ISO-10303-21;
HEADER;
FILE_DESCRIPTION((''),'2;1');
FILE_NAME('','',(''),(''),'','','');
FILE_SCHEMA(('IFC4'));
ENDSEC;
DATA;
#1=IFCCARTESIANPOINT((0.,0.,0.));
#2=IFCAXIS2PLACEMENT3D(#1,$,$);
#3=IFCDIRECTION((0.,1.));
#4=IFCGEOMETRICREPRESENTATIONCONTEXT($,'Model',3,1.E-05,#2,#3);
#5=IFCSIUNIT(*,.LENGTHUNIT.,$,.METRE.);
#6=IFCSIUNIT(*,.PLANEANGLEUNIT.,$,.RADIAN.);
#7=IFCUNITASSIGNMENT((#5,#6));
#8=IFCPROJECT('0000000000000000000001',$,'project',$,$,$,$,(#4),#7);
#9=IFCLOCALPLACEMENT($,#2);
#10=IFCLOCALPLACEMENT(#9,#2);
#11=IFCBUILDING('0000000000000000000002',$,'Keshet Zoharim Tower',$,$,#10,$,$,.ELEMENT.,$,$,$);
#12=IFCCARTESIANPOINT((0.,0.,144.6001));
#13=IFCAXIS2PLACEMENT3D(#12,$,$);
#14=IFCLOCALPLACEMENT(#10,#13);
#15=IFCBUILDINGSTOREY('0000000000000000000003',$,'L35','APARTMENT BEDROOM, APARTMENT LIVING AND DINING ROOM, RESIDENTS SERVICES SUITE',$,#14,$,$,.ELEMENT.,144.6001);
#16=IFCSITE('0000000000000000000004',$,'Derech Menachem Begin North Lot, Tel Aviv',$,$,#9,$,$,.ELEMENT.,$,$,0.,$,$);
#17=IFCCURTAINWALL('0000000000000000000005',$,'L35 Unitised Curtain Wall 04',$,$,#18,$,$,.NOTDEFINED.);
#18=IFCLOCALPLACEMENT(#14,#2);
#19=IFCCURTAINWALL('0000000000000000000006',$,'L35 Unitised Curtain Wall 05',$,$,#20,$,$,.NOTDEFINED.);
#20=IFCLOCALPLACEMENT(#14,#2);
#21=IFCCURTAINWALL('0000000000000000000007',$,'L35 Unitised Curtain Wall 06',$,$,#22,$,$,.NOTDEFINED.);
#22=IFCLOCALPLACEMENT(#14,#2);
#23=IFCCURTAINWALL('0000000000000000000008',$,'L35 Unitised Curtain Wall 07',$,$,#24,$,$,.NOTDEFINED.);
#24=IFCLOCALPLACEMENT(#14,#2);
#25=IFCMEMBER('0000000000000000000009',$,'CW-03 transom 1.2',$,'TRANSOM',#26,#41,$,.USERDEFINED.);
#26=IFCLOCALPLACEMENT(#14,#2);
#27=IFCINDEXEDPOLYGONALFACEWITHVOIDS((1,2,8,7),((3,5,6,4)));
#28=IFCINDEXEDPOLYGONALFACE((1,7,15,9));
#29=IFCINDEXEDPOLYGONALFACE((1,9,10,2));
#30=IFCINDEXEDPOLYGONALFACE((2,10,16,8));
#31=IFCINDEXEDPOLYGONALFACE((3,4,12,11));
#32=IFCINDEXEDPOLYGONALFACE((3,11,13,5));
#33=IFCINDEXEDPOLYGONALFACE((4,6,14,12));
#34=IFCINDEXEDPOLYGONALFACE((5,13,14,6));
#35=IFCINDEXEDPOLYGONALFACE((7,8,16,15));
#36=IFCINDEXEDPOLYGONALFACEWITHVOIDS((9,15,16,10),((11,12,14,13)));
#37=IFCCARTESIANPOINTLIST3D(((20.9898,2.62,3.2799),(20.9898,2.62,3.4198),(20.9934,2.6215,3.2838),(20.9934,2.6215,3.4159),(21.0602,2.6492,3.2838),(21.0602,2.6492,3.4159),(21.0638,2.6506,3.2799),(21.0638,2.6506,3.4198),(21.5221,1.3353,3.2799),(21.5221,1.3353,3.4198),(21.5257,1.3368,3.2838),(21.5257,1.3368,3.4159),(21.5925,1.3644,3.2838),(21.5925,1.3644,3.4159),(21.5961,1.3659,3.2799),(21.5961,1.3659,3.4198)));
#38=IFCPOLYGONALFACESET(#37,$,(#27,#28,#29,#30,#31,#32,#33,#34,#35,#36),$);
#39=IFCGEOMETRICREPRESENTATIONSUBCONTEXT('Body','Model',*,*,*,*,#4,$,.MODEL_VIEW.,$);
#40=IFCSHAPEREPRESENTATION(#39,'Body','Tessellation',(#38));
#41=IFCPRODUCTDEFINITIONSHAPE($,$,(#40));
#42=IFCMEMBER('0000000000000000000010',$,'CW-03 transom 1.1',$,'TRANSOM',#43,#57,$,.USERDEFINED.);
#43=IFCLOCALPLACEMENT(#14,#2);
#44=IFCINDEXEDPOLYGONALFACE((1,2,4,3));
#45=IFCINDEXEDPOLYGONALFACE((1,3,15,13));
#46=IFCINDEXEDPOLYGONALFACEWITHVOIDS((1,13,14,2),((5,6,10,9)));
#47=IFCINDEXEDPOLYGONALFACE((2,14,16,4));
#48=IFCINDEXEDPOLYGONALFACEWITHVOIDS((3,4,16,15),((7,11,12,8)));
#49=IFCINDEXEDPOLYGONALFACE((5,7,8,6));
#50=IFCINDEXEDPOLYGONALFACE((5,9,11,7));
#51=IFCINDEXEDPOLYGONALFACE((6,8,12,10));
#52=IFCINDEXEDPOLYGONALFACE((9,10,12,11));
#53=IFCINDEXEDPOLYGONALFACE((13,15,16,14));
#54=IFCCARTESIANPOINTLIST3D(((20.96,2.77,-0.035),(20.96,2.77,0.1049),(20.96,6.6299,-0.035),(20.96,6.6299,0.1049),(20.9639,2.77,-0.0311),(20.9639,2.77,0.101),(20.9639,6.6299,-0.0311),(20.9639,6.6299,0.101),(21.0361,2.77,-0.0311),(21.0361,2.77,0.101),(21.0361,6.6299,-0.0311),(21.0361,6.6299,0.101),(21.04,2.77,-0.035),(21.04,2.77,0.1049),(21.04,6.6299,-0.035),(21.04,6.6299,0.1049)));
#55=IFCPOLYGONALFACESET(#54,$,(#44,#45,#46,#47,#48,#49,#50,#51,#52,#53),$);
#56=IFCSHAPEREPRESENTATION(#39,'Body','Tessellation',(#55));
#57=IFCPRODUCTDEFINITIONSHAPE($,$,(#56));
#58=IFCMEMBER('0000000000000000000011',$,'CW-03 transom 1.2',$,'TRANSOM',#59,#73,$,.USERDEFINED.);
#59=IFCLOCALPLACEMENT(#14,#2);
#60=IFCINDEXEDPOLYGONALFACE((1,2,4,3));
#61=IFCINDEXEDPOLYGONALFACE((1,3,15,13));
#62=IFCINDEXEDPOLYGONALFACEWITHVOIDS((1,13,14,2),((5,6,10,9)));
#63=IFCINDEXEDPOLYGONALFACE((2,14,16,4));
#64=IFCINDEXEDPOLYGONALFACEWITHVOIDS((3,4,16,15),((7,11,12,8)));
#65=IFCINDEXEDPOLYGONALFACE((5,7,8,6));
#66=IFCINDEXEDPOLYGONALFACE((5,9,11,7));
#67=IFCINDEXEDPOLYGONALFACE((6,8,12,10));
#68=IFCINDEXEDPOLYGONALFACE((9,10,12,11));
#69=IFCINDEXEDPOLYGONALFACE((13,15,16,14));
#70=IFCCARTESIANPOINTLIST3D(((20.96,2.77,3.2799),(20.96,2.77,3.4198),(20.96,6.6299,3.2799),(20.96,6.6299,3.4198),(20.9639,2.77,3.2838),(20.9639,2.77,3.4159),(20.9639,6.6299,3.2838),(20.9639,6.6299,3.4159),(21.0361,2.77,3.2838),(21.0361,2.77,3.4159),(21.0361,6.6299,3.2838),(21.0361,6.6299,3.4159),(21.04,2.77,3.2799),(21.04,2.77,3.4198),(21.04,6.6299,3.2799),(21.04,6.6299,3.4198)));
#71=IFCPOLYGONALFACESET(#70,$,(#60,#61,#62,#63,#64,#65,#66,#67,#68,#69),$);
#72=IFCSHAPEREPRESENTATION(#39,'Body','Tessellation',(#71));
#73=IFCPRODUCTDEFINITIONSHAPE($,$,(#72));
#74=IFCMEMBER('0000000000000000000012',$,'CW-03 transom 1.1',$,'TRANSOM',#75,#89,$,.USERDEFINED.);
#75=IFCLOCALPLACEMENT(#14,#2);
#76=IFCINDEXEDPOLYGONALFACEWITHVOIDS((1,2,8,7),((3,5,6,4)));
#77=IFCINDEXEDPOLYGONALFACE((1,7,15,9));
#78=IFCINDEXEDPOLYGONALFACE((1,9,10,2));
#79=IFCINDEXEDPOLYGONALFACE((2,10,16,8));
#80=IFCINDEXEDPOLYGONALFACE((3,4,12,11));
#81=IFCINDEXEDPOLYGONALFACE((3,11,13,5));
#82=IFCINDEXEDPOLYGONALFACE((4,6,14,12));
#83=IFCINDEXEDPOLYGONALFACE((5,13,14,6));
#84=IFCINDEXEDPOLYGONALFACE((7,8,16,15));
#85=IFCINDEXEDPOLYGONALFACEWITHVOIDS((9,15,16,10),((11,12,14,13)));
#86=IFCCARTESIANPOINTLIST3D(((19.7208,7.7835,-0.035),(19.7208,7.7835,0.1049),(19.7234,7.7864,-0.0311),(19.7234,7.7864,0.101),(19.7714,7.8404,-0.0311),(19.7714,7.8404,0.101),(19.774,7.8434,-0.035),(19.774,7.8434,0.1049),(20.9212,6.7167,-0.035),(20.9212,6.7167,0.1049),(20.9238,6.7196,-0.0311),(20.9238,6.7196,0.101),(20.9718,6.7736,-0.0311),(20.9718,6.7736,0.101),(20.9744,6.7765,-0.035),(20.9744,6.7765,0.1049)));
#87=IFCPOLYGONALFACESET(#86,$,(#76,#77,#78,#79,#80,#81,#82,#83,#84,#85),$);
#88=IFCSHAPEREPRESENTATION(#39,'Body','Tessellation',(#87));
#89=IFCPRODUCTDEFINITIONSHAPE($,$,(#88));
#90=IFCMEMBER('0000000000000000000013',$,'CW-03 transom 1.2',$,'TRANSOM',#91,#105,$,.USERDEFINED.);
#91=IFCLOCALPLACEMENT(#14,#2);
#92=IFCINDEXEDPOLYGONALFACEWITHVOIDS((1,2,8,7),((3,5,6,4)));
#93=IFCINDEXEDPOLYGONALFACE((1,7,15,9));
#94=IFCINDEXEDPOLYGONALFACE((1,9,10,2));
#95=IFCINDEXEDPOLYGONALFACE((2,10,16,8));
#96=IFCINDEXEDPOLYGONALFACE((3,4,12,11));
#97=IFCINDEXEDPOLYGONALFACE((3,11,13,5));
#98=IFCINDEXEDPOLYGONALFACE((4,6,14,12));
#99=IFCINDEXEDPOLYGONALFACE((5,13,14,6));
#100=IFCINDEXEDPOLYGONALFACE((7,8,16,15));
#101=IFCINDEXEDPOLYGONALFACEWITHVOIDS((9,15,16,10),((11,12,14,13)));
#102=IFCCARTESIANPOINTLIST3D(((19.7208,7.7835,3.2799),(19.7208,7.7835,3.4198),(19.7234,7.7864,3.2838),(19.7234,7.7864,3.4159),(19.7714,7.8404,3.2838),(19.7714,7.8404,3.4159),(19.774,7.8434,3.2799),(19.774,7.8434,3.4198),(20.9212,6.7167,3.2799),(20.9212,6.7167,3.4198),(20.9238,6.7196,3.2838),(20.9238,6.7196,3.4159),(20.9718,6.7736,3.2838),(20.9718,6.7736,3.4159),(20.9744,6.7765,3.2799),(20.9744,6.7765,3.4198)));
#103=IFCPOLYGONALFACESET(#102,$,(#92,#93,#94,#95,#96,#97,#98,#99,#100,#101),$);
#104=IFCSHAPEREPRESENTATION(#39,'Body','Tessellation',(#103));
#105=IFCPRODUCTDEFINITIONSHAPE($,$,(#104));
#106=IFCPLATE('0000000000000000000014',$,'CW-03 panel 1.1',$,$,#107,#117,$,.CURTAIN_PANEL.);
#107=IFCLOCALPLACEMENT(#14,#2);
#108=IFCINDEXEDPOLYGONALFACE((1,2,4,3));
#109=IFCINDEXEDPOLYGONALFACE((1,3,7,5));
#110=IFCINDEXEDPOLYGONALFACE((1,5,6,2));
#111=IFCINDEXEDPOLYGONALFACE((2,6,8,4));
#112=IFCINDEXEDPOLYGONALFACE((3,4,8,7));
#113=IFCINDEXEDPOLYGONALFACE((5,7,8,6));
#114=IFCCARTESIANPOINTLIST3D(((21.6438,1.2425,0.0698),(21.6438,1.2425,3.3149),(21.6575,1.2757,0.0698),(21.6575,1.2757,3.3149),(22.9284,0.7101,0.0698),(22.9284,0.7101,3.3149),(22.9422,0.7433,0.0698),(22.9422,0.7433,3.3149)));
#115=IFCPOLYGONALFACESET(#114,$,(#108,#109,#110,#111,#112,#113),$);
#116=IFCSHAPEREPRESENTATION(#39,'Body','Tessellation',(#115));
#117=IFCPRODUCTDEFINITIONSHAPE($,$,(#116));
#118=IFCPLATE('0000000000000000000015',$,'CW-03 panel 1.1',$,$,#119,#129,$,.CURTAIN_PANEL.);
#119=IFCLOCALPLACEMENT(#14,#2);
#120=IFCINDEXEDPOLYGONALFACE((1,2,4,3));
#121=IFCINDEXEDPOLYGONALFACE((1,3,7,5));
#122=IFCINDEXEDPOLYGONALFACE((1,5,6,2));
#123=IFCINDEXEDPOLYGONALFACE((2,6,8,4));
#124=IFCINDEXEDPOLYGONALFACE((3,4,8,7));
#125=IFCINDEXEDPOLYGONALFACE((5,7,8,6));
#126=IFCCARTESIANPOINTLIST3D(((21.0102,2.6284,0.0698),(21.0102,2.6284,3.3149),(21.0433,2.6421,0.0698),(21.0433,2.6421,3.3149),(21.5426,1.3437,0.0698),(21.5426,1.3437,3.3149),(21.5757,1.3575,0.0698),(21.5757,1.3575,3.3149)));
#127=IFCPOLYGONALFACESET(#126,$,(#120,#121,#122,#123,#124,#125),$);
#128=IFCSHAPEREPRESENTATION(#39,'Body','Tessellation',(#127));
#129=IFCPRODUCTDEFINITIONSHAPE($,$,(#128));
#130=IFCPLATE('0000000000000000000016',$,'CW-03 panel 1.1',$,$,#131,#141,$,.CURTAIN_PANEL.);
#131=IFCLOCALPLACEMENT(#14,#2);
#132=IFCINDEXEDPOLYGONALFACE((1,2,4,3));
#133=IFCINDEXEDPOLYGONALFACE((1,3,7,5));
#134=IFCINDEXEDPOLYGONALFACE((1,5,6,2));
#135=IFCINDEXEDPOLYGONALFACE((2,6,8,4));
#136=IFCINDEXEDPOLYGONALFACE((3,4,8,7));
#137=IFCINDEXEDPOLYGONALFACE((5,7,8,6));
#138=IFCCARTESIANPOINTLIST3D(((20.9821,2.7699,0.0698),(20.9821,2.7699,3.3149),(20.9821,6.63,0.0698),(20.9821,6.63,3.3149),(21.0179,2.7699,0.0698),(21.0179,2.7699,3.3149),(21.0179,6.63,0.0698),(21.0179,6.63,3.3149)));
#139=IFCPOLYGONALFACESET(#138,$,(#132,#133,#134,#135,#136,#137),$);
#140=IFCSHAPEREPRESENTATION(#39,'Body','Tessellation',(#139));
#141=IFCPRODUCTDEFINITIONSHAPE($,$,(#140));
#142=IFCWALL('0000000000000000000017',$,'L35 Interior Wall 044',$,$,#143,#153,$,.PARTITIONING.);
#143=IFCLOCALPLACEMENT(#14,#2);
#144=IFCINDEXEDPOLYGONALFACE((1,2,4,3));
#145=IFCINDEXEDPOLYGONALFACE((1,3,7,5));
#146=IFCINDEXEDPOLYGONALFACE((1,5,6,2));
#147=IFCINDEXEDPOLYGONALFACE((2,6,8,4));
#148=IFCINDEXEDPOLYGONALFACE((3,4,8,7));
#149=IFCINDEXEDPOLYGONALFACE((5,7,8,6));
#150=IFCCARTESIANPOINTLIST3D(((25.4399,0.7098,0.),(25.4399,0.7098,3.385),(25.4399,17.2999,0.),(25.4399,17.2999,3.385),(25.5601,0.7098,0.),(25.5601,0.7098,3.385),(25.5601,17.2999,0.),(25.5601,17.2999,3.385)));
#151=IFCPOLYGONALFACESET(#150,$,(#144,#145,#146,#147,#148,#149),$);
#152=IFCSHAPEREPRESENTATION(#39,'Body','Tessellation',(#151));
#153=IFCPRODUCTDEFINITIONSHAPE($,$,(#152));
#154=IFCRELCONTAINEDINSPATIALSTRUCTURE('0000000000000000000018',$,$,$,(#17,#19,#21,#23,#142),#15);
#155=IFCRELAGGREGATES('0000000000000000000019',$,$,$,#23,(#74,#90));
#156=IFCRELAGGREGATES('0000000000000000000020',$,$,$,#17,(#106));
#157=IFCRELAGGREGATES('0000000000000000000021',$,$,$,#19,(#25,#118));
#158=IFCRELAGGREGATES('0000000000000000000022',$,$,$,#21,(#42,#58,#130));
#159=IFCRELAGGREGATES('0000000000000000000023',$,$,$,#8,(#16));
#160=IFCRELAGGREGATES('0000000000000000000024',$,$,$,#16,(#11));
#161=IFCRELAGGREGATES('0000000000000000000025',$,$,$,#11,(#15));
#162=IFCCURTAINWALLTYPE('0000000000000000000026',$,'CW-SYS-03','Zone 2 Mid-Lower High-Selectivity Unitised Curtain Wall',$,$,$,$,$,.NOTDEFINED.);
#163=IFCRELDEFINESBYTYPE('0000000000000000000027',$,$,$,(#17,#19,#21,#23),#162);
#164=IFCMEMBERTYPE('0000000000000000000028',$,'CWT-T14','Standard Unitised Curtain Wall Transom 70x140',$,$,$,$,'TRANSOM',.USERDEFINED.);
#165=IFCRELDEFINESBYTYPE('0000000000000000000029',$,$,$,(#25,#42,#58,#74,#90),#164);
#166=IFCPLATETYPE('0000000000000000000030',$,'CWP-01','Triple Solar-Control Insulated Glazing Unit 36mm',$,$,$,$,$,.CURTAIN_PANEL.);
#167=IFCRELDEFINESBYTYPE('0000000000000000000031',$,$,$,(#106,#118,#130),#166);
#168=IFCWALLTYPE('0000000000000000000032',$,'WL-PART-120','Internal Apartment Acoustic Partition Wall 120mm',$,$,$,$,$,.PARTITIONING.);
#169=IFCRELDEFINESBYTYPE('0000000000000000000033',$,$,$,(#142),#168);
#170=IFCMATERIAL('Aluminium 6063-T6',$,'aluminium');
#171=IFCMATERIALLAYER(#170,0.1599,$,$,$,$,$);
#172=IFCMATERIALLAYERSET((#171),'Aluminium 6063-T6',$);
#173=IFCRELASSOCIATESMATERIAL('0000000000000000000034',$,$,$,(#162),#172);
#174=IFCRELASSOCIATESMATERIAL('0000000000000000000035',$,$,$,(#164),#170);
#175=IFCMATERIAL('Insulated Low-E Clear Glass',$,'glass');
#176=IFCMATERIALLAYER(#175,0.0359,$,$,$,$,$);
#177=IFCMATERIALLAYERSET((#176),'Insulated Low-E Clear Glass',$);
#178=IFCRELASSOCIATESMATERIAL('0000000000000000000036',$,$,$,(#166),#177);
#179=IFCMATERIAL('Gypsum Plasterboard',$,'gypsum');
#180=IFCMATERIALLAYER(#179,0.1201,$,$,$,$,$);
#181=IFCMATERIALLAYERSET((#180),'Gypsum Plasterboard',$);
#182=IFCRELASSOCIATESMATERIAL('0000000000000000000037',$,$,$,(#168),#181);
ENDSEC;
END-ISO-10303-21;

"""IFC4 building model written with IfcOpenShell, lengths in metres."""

from ifc_helpers import new_model, si_unit, direction, frame, frame_2d, origin, origin_2d, place, context, subcontext, project, spatial, rectangle, hollow_rectangle, extrude, material, layer, layer_set, material_profile, profile_set, type_object, element, aggregate, save


model = new_model("IFC4")

# Units and contexts
model_context = context("Model", 3, precision=1e-05, world=origin(), true_north=direction((0.0, 1.0)))
body_context = subcontext(model_context, "Body", "Model", "MODEL_VIEW")
ifc_project = project(units=[si_unit("LENGTHUNIT", "METRE"), si_unit("PLANEANGLEUNIT", "RADIAN")], contexts=[model_context])

# Site, building, storey
site_placement = place(None, origin())
site = spatial("IfcSite", under=ifc_project, at=site_placement, Name="Derech Menachem Begin North Lot, Tel Aviv", CompositionType="ELEMENT", RefElevation=0.0)
building_placement = place(site_placement, origin())
building = spatial("IfcBuilding", under=site, at=building_placement, Name="Keshet Zoharim Tower", CompositionType="ELEMENT")
storey_placement = place(building_placement, frame((0.0, 0.0, 144.6001)))
storey = spatial("IfcBuildingStorey", under=building, at=storey_placement, Name="L35", Description="APARTMENT BEDROOM, APARTMENT LIVING AND DINING ROOM, RESIDENTS SERVICES SUITE", CompositionType="ELEMENT", Elevation=144.6001)

# Shared definitions
ifc_material_1 = material(Name="Aluminium 6063-T6", Category="aluminium")
ifc_layer_1 = layer(ifc_material_1, 0.1599)
ifc_layer_set_1 = layer_set([ifc_layer_1], Name="Aluminium 6063-T6")
curtain_wall_type = type_object("IfcCurtainWallType", Name="CW-SYS-03", Description="Zone 2 Mid-Lower High-Selectivity Unitised Curtain Wall", PredefinedType="NOTDEFINED", material=ifc_layer_set_1)

# Curtain walls
curtain_wall_1_placement = place(storey_placement, origin())
curtain_wall_1 = element("IfcCurtainWall", 1, at=curtain_wall_1_placement, inside=storey, type_object=curtain_wall_type, Name="L35 Unitised Curtain Wall 04", PredefinedType="NOTDEFINED")
curtain_wall_2_placement = place(storey_placement, origin())
curtain_wall_2 = element("IfcCurtainWall", 2, at=curtain_wall_2_placement, inside=storey, type_object=curtain_wall_type, Name="L35 Unitised Curtain Wall 05", PredefinedType="NOTDEFINED")
curtain_wall_3_placement = place(storey_placement, origin())
curtain_wall_3 = element("IfcCurtainWall", 3, at=curtain_wall_3_placement, inside=storey, type_object=curtain_wall_type, Name="L35 Unitised Curtain Wall 06", PredefinedType="NOTDEFINED")

# Curtain wall
curtain_wall_4_placement = place(storey_placement, origin())
curtain_wall_4 = element("IfcCurtainWall", 4, at=curtain_wall_4_placement, inside=storey, type_object=curtain_wall_type, Name="L35 Unitised Curtain Wall 07", PredefinedType="NOTDEFINED")

# Members
ifc_material_profile_1 = material_profile(ifc_material_1, hollow_rectangle(XDim=0.0801, YDim=0.1399, WallThickness=0.0039, at=origin_2d()), Name="TRN-80x140")
ifc_profile_set_1 = profile_set([ifc_material_profile_1], Name="Aluminium 6063-T6")
member_type_1 = type_object("IfcMemberType", Name="CWT-T14", Description="Standard Unitised Curtain Wall Transom 70x140", ElementType="TRANSOM", PredefinedType="USERDEFINED", material=ifc_profile_set_1)
member_1_placement = place(storey_placement, frame((21.5591, 1.3506, 3.3499), z_axis=(-0.382745, 0.923854, 0.0), x_axis=(-0.923854, -0.382745, 0.0)))
member_1 = element("IfcMember", 5, at=member_1_placement, type_object=member_type_1, Name="CW-03 transom 1.2", ObjectType="TRANSOM", PredefinedType="USERDEFINED", context=body_context, shape_type="SweptSolid", body=[
    extrude(hollow_rectangle(XDim=0.0801, YDim=0.1399, WallThickness=0.0039, at=origin_2d()), origin(), (0.0, 0.0, 1.0), 1.3906),
])
member_2_placement = place(storey_placement, frame((21.0, 2.77, 0.0349), z_axis=(0.0, 1.0, 0.0), x_axis=(-1.0, 0.0, 0.0)))
member_2 = element("IfcMember", 6, at=member_2_placement, type_object=member_type_1, Name="CW-03 transom 1.1", ObjectType="TRANSOM", PredefinedType="USERDEFINED", context=body_context, shape_type="SweptSolid", body=[
    extrude(hollow_rectangle(XDim=0.0801, YDim=0.1399, WallThickness=0.0039, at=origin_2d()), origin(), (0.0, 0.0, 1.0), 3.8599),
])
member_3_placement = place(storey_placement, frame((21.0, 2.77, 3.3499), z_axis=(0.0, 1.0, 0.0), x_axis=(-1.0, 0.0, 0.0)))
member_3 = element("IfcMember", 7, at=member_3_placement, type_object=member_type_1, Name="CW-03 transom 1.2", ObjectType="TRANSOM", PredefinedType="USERDEFINED", context=body_context, shape_type="SweptSolid", body=[
    extrude(hollow_rectangle(XDim=0.0801, YDim=0.1399, WallThickness=0.0039, at=origin_2d()), origin(), (0.0, 0.0, 1.0), 3.8599),
])
member_4_placement = place(storey_placement, frame((20.9478, 6.7466, 0.0349), z_axis=(-0.74746, 0.664307, 0.0), x_axis=(-0.664307, -0.74746, 0.0)))
member_4 = element("IfcMember", 8, at=member_4_placement, type_object=member_type_1, Name="CW-03 transom 1.1", ObjectType="TRANSOM", PredefinedType="USERDEFINED", context=body_context, shape_type="SweptSolid", body=[
    extrude(hollow_rectangle(XDim=0.0801, YDim=0.1399, WallThickness=0.0039, at=origin_2d()), origin(), (0.0, 0.0, 1.0), 1.606),
])
member_5_placement = place(storey_placement, frame((20.9478, 6.7466, 3.3499), z_axis=(-0.74746, 0.664307, 0.0), x_axis=(-0.664307, -0.74746, 0.0)))
member_5 = element("IfcMember", 9, at=member_5_placement, type_object=member_type_1, Name="CW-03 transom 1.2", ObjectType="TRANSOM", PredefinedType="USERDEFINED", context=body_context, shape_type="SweptSolid", body=[
    extrude(hollow_rectangle(XDim=0.0801, YDim=0.1399, WallThickness=0.0039, at=origin_2d()), origin(), (0.0, 0.0, 1.0), 1.606),
])
aggregate(curtain_wall_4, [member_4, member_5])

# Plates
ifc_material_2 = material(Name="Insulated Low-E Clear Glass", Category="glass")
ifc_layer_2 = layer(ifc_material_2, 0.0359)
ifc_layer_set_2 = layer_set([ifc_layer_2], Name="Insulated Low-E Clear Glass")
plate_type = type_object("IfcPlateType", Name="CWP-01", Description="Triple Solar-Control Insulated Glazing Unit 36mm", PredefinedType="CURTAIN_PANEL", material=ifc_layer_set_2)
plate_1_placement = place(storey_placement, frame((22.293, 0.9929, 0.0698), z_axis=(0.0, 0.0, 1.0), x_axis=(-0.92381, 0.382852, 0.0)))
plate_1 = element("IfcPlate", 10, at=plate_1_placement, type_object=plate_type, Name="CW-03 panel 1.1", PredefinedType="CURTAIN_PANEL", context=body_context, shape_type="SweptSolid", body=[
    extrude(rectangle(XDim=1.3906, YDim=0.0359, at=origin_2d()), origin(), (0.0, 0.0, 1.0), 3.2451),
])
aggregate(curtain_wall_1, [plate_1])
plate_2_placement = place(storey_placement, frame((21.293, 1.9929, 0.0698), z_axis=(0.0, 0.0, 1.0), x_axis=(-0.382852, 0.92381, 0.0)))
plate_2 = element("IfcPlate", 11, at=plate_2_placement, type_object=plate_type, Name="CW-03 panel 1.1", PredefinedType="CURTAIN_PANEL", context=body_context, shape_type="SweptSolid", body=[
    extrude(rectangle(XDim=1.3906, YDim=0.0359, at=origin_2d()), origin(), (0.0, 0.0, 1.0), 3.2451),
])
aggregate(curtain_wall_2, [member_1, plate_2])
plate_3_placement = place(storey_placement, frame((21.0, 4.7, 0.0698), z_axis=(0.0, 0.0, 1.0), x_axis=(0.0, 1.0, 0.0)))
plate_3 = element("IfcPlate", 12, at=plate_3_placement, type_object=plate_type, Name="CW-03 panel 1.1", PredefinedType="CURTAIN_PANEL", context=body_context, shape_type="SweptSolid", body=[
    extrude(rectangle(XDim=3.8601, YDim=0.0359, at=origin_2d()), origin(), (0.0, 0.0, 1.0), 3.2451),
])
aggregate(curtain_wall_3, [member_2, member_3, plate_3])

# Wall
ifc_material_3 = material(Name="Gypsum Plasterboard", Category="gypsum")
ifc_layer_3 = layer(ifc_material_3, 0.1201)
ifc_layer_set_3 = layer_set([ifc_layer_3], Name="Gypsum Plasterboard")
wall_type = type_object("IfcWallType", Name="WL-PART-120", Description="Internal Apartment Acoustic Partition Wall 120mm", PredefinedType="PARTITIONING", material=ifc_layer_set_3)
wall_placement = place(storey_placement, frame((25.5, 0.71, 0.0), z_axis=(0.0, 0.0, 1.0), x_axis=(0.0, 1.0, 0.0)))
element("IfcWall", 13, at=wall_placement, inside=storey, type_object=wall_type, Name="L35 Interior Wall 044", PredefinedType="PARTITIONING", context=body_context, shape_type="SweptSolid", body=[
    extrude(rectangle(XDim=16.5901, YDim=0.1201, at=frame_2d((8.2949, 0.0))), origin(), (0.0, 0.0, 1.0), 3.385),
])

save(model, "model.ifc")
